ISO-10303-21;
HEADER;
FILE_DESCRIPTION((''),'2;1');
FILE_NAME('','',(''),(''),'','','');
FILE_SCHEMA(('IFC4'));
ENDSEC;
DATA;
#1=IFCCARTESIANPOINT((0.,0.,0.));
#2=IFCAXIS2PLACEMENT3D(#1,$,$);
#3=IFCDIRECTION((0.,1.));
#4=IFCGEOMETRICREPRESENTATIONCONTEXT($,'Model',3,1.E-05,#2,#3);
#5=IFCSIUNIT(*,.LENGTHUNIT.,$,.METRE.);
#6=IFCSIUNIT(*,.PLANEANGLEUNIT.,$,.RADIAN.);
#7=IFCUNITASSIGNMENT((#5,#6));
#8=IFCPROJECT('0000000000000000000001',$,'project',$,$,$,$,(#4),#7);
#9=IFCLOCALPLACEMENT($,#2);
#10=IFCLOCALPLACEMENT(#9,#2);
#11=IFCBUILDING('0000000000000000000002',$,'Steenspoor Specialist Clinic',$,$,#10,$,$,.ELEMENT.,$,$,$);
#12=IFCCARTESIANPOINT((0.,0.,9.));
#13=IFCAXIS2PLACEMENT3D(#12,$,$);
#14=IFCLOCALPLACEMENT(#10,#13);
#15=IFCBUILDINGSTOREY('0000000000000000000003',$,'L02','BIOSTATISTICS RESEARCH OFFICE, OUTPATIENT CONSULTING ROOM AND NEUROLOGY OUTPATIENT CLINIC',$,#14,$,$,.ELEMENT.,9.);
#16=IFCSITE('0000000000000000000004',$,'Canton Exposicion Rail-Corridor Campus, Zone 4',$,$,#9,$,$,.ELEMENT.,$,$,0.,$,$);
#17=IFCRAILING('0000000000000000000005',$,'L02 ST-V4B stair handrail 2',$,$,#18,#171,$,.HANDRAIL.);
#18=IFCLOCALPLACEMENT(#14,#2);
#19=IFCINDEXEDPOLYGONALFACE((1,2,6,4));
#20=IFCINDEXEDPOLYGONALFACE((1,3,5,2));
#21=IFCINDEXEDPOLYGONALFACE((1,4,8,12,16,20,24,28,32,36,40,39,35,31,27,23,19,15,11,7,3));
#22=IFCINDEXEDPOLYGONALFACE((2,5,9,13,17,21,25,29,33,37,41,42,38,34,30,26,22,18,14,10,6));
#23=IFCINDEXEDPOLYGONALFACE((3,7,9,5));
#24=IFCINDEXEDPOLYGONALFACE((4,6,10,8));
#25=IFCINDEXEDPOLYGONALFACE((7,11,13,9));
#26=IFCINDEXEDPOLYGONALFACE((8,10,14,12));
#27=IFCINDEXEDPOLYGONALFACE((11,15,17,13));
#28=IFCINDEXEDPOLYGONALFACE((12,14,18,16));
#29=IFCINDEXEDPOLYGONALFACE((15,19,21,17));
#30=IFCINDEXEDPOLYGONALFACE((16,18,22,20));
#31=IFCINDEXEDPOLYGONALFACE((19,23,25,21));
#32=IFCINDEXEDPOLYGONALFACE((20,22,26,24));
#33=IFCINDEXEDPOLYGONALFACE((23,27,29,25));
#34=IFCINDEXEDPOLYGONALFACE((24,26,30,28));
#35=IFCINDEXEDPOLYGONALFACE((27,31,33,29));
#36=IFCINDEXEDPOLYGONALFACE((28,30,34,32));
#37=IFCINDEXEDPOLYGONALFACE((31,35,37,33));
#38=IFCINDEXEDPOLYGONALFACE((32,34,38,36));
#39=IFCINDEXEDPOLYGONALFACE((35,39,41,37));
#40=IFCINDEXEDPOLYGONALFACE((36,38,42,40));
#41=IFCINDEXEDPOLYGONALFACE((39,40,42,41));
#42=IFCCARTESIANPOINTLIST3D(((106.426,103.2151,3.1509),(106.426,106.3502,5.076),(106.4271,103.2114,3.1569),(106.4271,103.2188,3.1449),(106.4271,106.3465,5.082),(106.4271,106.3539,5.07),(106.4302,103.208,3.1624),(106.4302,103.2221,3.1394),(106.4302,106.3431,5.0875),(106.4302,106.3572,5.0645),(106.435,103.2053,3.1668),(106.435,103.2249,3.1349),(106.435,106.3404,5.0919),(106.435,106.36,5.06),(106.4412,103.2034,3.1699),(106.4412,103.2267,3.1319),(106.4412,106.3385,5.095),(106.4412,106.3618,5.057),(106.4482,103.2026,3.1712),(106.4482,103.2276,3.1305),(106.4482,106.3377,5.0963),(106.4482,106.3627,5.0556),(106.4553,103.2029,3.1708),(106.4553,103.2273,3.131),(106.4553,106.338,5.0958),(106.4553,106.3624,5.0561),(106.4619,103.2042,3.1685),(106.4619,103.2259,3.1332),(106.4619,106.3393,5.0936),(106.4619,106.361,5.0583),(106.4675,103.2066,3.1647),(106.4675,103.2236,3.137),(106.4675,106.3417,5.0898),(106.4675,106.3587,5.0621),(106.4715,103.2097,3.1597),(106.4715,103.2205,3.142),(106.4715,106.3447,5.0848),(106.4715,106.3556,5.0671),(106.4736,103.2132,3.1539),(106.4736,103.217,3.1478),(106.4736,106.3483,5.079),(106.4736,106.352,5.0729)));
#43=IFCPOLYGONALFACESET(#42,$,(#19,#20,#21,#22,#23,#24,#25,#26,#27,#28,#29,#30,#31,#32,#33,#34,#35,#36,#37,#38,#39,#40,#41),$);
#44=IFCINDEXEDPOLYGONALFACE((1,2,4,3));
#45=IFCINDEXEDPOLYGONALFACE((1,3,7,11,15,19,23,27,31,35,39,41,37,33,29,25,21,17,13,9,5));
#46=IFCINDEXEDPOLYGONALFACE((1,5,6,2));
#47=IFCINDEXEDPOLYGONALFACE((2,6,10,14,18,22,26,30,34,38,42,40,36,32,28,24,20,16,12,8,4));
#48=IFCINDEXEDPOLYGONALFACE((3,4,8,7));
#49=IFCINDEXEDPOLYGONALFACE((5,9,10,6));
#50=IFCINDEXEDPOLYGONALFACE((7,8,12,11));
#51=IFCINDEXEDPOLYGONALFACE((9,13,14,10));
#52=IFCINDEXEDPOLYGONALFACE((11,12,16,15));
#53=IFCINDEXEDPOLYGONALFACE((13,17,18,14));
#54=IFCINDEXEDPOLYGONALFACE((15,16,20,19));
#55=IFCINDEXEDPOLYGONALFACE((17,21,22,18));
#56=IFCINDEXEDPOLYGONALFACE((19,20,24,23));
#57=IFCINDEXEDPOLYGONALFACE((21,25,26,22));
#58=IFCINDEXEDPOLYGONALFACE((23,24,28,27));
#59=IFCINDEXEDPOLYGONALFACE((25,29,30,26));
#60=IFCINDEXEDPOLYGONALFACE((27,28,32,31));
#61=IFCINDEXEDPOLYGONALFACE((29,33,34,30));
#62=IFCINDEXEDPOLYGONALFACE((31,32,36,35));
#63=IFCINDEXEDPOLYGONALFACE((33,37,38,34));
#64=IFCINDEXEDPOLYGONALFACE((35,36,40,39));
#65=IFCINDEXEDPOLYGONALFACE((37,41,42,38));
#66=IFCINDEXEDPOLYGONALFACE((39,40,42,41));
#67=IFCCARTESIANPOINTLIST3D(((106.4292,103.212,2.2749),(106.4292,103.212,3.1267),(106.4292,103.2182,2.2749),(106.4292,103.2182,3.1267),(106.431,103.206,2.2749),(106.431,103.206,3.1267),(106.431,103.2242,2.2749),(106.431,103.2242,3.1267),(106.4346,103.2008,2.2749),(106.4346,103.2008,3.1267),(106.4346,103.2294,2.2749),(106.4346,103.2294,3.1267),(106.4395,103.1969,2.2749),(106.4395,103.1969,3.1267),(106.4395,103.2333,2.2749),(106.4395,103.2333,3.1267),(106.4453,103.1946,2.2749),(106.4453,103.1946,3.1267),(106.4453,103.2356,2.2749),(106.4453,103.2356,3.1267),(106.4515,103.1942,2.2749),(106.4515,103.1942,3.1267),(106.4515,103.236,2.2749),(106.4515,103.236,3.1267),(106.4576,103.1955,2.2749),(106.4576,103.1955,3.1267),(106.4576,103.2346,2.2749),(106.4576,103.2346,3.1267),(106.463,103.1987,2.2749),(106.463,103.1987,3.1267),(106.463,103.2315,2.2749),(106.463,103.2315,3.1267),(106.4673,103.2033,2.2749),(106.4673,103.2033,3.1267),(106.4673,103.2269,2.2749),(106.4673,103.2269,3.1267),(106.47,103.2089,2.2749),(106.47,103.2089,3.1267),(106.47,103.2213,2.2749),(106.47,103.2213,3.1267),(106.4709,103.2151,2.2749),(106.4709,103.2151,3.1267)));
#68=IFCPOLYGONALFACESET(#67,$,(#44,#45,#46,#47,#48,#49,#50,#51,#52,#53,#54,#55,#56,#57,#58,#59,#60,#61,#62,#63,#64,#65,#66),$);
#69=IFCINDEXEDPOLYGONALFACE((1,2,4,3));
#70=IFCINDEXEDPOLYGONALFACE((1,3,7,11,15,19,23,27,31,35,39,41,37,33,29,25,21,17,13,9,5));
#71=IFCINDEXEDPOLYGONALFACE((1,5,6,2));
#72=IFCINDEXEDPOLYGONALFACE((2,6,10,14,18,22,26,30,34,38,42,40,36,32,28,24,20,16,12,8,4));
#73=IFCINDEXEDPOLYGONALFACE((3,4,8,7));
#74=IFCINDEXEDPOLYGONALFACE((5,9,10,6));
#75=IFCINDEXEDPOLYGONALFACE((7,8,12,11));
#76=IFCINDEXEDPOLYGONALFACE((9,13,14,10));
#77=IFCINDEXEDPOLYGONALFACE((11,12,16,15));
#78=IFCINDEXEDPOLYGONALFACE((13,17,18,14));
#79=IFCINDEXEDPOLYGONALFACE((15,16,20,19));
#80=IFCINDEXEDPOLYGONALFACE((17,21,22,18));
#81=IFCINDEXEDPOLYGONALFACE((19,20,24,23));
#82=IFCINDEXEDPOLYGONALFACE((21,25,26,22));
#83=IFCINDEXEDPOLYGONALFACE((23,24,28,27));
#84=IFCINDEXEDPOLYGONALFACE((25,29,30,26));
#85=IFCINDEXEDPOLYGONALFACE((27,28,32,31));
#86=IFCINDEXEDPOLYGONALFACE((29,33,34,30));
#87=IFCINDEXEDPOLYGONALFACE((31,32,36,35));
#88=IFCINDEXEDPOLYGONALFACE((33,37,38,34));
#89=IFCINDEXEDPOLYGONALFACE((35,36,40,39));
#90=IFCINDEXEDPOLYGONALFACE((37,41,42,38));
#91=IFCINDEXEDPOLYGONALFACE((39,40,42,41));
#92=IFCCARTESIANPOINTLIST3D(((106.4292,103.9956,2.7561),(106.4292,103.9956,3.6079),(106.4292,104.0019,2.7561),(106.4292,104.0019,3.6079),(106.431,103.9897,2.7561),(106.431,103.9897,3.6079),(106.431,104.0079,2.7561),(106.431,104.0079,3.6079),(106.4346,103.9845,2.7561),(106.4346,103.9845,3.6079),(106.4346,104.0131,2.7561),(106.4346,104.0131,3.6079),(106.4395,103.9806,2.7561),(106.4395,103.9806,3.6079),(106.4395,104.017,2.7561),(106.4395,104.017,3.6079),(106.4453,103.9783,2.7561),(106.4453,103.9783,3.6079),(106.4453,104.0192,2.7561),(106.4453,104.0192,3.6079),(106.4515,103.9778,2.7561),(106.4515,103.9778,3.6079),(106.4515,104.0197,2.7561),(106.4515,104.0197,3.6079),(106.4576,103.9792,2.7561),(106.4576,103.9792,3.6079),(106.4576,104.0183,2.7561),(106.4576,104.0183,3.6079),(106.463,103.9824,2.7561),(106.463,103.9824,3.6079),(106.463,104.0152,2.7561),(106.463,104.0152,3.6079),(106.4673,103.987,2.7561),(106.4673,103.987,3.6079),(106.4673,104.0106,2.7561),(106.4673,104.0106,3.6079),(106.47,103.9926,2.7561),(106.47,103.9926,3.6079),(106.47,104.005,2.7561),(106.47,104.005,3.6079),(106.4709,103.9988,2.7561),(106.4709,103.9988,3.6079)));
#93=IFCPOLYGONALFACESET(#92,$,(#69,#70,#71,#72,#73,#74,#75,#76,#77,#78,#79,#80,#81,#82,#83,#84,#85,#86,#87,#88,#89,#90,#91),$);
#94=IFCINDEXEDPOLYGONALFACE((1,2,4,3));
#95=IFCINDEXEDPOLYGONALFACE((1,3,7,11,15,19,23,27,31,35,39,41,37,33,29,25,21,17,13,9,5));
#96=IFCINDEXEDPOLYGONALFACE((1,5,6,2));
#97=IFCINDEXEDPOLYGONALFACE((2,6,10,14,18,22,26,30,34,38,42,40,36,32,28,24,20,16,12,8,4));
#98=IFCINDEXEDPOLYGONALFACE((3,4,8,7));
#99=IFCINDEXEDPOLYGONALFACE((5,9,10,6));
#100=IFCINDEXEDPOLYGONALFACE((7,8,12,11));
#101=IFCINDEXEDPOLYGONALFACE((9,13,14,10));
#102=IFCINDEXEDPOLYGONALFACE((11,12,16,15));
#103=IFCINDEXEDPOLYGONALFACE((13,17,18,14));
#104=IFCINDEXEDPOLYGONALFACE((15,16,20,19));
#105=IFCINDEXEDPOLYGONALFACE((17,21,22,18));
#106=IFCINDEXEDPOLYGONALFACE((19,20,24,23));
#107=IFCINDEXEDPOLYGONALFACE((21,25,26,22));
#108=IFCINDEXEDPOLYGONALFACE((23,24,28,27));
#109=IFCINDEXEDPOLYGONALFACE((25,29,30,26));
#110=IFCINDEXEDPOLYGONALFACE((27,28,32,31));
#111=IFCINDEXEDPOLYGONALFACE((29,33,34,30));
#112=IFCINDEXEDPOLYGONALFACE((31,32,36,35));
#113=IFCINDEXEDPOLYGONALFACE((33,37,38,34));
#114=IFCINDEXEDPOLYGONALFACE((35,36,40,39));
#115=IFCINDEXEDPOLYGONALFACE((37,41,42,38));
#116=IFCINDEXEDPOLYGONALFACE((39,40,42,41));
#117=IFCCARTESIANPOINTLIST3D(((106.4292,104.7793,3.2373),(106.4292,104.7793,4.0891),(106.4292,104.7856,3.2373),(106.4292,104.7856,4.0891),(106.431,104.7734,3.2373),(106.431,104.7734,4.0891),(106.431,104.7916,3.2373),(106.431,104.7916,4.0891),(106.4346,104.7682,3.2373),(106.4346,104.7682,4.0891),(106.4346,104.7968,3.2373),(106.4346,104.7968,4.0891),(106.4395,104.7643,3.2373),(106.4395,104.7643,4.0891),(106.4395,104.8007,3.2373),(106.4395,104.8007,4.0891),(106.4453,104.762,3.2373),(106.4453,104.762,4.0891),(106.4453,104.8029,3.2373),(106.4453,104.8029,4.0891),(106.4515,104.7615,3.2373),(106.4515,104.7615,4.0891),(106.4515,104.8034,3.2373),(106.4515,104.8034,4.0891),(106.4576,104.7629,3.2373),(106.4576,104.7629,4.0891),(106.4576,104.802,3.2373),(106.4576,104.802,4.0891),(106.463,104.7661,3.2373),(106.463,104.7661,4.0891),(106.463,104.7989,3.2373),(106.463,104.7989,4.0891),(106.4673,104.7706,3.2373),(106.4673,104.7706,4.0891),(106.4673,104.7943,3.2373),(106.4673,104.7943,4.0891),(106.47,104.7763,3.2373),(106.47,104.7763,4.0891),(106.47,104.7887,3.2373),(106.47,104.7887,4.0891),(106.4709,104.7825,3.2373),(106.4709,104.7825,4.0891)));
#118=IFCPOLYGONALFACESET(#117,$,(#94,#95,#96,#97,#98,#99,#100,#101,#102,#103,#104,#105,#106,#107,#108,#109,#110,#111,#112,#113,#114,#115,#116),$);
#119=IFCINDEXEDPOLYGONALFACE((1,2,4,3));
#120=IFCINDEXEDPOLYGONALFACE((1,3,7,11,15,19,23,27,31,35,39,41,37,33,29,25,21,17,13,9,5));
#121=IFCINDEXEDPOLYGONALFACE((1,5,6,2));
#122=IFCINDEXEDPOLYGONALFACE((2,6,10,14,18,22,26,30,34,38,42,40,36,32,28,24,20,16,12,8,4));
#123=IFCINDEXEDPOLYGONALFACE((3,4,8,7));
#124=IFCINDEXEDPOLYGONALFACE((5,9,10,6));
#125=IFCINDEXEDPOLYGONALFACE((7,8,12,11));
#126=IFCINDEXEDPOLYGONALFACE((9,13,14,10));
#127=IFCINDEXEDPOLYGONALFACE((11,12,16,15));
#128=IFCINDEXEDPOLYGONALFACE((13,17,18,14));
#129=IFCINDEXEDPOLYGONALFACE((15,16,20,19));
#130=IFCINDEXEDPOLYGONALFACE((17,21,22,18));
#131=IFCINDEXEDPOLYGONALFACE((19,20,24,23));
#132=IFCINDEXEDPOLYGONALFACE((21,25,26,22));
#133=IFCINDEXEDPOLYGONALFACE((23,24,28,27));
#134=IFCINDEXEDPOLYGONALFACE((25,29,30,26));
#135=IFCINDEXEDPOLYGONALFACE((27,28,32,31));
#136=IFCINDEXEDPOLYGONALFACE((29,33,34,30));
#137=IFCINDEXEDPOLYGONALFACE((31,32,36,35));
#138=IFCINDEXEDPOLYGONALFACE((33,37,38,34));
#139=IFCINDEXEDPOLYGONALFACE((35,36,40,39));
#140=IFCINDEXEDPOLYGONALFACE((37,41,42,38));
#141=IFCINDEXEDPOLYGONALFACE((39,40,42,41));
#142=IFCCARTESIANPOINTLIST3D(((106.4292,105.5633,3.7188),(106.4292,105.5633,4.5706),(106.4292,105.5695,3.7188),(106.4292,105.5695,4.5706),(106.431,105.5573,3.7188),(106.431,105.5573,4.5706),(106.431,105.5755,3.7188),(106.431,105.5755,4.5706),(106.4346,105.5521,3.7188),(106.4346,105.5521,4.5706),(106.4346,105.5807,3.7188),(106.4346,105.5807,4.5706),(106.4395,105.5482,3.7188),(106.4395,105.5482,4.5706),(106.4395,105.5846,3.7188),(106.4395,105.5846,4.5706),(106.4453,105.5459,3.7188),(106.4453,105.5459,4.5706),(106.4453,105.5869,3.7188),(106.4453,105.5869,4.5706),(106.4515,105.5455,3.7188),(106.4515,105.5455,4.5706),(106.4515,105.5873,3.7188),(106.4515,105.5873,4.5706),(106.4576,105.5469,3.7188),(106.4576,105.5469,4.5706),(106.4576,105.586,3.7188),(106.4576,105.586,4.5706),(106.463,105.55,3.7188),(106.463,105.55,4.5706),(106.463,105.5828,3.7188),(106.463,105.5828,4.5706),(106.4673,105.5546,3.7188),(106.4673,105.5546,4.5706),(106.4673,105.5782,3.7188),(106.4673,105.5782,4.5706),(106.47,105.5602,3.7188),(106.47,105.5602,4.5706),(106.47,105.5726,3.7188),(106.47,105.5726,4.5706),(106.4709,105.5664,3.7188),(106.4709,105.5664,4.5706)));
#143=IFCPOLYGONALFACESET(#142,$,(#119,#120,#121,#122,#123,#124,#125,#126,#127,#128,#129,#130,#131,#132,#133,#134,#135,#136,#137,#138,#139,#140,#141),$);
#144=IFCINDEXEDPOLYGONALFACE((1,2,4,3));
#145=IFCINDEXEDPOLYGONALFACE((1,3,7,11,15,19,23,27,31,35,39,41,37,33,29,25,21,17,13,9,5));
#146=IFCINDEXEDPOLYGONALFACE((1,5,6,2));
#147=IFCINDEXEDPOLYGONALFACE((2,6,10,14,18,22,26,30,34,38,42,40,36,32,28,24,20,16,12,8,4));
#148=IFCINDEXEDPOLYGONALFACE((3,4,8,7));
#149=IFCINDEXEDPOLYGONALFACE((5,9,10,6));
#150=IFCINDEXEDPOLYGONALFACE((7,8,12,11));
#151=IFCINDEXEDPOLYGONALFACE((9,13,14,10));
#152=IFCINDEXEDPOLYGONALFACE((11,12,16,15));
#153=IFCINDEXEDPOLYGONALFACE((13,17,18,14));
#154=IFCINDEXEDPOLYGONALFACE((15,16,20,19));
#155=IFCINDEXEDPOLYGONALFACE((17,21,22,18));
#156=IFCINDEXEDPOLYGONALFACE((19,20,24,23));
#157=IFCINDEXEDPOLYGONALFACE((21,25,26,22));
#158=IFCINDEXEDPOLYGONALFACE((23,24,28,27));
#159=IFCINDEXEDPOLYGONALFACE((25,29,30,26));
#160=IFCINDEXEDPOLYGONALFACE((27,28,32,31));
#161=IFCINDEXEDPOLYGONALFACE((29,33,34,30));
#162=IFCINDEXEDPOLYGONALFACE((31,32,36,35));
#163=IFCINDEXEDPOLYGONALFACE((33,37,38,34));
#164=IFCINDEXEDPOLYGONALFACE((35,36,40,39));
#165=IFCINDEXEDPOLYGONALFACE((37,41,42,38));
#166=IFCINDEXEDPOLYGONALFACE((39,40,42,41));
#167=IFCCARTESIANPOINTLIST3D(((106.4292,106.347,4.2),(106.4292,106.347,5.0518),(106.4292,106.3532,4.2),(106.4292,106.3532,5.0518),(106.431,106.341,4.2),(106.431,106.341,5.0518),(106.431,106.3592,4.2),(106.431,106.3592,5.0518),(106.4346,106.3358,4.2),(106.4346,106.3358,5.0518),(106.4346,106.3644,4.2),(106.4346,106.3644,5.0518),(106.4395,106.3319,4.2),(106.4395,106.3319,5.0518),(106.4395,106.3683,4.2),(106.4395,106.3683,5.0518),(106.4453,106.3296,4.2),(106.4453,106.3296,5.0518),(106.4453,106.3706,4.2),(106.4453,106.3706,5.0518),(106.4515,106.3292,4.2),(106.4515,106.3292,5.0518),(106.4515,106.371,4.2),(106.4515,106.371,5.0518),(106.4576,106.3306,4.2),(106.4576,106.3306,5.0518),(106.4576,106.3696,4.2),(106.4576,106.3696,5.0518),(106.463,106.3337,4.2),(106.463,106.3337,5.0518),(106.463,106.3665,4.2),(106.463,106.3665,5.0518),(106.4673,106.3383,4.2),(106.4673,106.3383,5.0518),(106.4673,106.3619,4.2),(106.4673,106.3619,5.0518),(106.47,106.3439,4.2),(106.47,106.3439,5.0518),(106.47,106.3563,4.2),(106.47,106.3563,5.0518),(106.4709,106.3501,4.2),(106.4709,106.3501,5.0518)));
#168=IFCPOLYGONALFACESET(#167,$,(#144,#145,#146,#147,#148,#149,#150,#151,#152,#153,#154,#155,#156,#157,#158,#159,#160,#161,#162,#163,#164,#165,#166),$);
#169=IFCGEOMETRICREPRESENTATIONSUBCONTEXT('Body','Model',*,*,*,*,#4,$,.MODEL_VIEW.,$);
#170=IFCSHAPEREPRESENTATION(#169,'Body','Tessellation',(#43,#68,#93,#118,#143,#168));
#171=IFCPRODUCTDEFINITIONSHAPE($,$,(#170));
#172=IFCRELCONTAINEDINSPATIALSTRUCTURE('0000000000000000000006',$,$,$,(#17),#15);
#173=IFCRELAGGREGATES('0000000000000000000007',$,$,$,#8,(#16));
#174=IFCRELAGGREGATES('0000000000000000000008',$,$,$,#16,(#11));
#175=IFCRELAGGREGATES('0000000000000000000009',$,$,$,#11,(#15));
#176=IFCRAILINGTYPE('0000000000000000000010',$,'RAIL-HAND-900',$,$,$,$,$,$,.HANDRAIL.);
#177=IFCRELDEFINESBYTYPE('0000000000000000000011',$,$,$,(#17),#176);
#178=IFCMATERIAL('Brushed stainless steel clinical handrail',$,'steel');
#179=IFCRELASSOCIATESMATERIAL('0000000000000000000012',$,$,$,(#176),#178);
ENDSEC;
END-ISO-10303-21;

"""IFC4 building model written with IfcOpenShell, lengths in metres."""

from ifc_helpers import new_model, si_unit, direction, frame, origin, origin_2d, place, context, subcontext, project, spatial, circle, extrude, material, type_object, element, save


model = new_model("IFC4")

# Units and contexts
model_context = context("Model", 3, precision=1e-05, world=origin(), true_north=direction((0.0, 1.0)))
body_context = subcontext(model_context, "Body", "Model", "MODEL_VIEW")
ifc_project = project(units=[si_unit("LENGTHUNIT", "METRE"), si_unit("PLANEANGLEUNIT", "RADIAN")], contexts=[model_context])

# Site, building, storey
site_placement = place(None, origin())
site = spatial("IfcSite", under=ifc_project, at=site_placement, Name="Canton Exposicion Rail-Corridor Campus, Zone 4", CompositionType="ELEMENT", RefElevation=0.0)
building_placement = place(site_placement, origin())
building = spatial("IfcBuilding", under=site, at=building_placement, Name="Steenspoor Specialist Clinic", CompositionType="ELEMENT")
storey_placement = place(building_placement, frame((0.0, 0.0, 9.0)))
storey = spatial("IfcBuildingStorey", under=building, at=storey_placement, Name="L02", Description="BIOSTATISTICS RESEARCH OFFICE, OUTPATIENT CONSULTING ROOM AND NEUROLOGY OUTPATIENT CLINIC", CompositionType="ELEMENT", Elevation=9.0)

# Railing
ifc_material_1 = material(Name="Brushed stainless steel clinical handrail", Category="steel")
railing_type_1 = type_object("IfcRailingType", Name="RAIL-HAND-900", PredefinedType="HANDRAIL", material=ifc_material_1)
railing_1_placement = place(storey_placement, frame((106.45, 103.2151, 2.2749)))
element("IfcRailing", 1, at=railing_1_placement, inside=storey, type_object=railing_type_1, Name="L02 ST-V4B stair handrail 2", PredefinedType="HANDRAIL", context=body_context, shape_type="SweptSolid", body=[
    extrude(circle(Radius=0.0239, at=origin_2d()), frame((0.0, 0.0, 0.876), z_axis=(0.0, 0.852166, 0.523271), x_axis=(-1.0, 0.0, 0.0)), (0.0, 0.0, 1.0), 3.679),
    extrude(circle(Radius=0.021, at=origin_2d()), origin(), (0.0, 0.0, 1.0), 0.8518),
    extrude(circle(Radius=0.021, at=origin_2d()), frame((0.0, 0.7837, 0.4812)), (0.0, 0.0, 1.0), 0.8518),
    extrude(circle(Radius=0.021, at=origin_2d()), frame((0.0, 1.5674, 0.9624)), (0.0, 0.0, 1.0), 0.8518),
    extrude(circle(Radius=0.021, at=origin_2d()), frame((0.0, 2.3513, 1.4438)), (0.0, 0.0, 1.0), 0.8518),
    extrude(circle(Radius=0.021, at=origin_2d()), frame((0.0, 3.135, 1.925)), (0.0, 0.0, 1.0), 0.8518),
])

save(model, "model.ifc")
